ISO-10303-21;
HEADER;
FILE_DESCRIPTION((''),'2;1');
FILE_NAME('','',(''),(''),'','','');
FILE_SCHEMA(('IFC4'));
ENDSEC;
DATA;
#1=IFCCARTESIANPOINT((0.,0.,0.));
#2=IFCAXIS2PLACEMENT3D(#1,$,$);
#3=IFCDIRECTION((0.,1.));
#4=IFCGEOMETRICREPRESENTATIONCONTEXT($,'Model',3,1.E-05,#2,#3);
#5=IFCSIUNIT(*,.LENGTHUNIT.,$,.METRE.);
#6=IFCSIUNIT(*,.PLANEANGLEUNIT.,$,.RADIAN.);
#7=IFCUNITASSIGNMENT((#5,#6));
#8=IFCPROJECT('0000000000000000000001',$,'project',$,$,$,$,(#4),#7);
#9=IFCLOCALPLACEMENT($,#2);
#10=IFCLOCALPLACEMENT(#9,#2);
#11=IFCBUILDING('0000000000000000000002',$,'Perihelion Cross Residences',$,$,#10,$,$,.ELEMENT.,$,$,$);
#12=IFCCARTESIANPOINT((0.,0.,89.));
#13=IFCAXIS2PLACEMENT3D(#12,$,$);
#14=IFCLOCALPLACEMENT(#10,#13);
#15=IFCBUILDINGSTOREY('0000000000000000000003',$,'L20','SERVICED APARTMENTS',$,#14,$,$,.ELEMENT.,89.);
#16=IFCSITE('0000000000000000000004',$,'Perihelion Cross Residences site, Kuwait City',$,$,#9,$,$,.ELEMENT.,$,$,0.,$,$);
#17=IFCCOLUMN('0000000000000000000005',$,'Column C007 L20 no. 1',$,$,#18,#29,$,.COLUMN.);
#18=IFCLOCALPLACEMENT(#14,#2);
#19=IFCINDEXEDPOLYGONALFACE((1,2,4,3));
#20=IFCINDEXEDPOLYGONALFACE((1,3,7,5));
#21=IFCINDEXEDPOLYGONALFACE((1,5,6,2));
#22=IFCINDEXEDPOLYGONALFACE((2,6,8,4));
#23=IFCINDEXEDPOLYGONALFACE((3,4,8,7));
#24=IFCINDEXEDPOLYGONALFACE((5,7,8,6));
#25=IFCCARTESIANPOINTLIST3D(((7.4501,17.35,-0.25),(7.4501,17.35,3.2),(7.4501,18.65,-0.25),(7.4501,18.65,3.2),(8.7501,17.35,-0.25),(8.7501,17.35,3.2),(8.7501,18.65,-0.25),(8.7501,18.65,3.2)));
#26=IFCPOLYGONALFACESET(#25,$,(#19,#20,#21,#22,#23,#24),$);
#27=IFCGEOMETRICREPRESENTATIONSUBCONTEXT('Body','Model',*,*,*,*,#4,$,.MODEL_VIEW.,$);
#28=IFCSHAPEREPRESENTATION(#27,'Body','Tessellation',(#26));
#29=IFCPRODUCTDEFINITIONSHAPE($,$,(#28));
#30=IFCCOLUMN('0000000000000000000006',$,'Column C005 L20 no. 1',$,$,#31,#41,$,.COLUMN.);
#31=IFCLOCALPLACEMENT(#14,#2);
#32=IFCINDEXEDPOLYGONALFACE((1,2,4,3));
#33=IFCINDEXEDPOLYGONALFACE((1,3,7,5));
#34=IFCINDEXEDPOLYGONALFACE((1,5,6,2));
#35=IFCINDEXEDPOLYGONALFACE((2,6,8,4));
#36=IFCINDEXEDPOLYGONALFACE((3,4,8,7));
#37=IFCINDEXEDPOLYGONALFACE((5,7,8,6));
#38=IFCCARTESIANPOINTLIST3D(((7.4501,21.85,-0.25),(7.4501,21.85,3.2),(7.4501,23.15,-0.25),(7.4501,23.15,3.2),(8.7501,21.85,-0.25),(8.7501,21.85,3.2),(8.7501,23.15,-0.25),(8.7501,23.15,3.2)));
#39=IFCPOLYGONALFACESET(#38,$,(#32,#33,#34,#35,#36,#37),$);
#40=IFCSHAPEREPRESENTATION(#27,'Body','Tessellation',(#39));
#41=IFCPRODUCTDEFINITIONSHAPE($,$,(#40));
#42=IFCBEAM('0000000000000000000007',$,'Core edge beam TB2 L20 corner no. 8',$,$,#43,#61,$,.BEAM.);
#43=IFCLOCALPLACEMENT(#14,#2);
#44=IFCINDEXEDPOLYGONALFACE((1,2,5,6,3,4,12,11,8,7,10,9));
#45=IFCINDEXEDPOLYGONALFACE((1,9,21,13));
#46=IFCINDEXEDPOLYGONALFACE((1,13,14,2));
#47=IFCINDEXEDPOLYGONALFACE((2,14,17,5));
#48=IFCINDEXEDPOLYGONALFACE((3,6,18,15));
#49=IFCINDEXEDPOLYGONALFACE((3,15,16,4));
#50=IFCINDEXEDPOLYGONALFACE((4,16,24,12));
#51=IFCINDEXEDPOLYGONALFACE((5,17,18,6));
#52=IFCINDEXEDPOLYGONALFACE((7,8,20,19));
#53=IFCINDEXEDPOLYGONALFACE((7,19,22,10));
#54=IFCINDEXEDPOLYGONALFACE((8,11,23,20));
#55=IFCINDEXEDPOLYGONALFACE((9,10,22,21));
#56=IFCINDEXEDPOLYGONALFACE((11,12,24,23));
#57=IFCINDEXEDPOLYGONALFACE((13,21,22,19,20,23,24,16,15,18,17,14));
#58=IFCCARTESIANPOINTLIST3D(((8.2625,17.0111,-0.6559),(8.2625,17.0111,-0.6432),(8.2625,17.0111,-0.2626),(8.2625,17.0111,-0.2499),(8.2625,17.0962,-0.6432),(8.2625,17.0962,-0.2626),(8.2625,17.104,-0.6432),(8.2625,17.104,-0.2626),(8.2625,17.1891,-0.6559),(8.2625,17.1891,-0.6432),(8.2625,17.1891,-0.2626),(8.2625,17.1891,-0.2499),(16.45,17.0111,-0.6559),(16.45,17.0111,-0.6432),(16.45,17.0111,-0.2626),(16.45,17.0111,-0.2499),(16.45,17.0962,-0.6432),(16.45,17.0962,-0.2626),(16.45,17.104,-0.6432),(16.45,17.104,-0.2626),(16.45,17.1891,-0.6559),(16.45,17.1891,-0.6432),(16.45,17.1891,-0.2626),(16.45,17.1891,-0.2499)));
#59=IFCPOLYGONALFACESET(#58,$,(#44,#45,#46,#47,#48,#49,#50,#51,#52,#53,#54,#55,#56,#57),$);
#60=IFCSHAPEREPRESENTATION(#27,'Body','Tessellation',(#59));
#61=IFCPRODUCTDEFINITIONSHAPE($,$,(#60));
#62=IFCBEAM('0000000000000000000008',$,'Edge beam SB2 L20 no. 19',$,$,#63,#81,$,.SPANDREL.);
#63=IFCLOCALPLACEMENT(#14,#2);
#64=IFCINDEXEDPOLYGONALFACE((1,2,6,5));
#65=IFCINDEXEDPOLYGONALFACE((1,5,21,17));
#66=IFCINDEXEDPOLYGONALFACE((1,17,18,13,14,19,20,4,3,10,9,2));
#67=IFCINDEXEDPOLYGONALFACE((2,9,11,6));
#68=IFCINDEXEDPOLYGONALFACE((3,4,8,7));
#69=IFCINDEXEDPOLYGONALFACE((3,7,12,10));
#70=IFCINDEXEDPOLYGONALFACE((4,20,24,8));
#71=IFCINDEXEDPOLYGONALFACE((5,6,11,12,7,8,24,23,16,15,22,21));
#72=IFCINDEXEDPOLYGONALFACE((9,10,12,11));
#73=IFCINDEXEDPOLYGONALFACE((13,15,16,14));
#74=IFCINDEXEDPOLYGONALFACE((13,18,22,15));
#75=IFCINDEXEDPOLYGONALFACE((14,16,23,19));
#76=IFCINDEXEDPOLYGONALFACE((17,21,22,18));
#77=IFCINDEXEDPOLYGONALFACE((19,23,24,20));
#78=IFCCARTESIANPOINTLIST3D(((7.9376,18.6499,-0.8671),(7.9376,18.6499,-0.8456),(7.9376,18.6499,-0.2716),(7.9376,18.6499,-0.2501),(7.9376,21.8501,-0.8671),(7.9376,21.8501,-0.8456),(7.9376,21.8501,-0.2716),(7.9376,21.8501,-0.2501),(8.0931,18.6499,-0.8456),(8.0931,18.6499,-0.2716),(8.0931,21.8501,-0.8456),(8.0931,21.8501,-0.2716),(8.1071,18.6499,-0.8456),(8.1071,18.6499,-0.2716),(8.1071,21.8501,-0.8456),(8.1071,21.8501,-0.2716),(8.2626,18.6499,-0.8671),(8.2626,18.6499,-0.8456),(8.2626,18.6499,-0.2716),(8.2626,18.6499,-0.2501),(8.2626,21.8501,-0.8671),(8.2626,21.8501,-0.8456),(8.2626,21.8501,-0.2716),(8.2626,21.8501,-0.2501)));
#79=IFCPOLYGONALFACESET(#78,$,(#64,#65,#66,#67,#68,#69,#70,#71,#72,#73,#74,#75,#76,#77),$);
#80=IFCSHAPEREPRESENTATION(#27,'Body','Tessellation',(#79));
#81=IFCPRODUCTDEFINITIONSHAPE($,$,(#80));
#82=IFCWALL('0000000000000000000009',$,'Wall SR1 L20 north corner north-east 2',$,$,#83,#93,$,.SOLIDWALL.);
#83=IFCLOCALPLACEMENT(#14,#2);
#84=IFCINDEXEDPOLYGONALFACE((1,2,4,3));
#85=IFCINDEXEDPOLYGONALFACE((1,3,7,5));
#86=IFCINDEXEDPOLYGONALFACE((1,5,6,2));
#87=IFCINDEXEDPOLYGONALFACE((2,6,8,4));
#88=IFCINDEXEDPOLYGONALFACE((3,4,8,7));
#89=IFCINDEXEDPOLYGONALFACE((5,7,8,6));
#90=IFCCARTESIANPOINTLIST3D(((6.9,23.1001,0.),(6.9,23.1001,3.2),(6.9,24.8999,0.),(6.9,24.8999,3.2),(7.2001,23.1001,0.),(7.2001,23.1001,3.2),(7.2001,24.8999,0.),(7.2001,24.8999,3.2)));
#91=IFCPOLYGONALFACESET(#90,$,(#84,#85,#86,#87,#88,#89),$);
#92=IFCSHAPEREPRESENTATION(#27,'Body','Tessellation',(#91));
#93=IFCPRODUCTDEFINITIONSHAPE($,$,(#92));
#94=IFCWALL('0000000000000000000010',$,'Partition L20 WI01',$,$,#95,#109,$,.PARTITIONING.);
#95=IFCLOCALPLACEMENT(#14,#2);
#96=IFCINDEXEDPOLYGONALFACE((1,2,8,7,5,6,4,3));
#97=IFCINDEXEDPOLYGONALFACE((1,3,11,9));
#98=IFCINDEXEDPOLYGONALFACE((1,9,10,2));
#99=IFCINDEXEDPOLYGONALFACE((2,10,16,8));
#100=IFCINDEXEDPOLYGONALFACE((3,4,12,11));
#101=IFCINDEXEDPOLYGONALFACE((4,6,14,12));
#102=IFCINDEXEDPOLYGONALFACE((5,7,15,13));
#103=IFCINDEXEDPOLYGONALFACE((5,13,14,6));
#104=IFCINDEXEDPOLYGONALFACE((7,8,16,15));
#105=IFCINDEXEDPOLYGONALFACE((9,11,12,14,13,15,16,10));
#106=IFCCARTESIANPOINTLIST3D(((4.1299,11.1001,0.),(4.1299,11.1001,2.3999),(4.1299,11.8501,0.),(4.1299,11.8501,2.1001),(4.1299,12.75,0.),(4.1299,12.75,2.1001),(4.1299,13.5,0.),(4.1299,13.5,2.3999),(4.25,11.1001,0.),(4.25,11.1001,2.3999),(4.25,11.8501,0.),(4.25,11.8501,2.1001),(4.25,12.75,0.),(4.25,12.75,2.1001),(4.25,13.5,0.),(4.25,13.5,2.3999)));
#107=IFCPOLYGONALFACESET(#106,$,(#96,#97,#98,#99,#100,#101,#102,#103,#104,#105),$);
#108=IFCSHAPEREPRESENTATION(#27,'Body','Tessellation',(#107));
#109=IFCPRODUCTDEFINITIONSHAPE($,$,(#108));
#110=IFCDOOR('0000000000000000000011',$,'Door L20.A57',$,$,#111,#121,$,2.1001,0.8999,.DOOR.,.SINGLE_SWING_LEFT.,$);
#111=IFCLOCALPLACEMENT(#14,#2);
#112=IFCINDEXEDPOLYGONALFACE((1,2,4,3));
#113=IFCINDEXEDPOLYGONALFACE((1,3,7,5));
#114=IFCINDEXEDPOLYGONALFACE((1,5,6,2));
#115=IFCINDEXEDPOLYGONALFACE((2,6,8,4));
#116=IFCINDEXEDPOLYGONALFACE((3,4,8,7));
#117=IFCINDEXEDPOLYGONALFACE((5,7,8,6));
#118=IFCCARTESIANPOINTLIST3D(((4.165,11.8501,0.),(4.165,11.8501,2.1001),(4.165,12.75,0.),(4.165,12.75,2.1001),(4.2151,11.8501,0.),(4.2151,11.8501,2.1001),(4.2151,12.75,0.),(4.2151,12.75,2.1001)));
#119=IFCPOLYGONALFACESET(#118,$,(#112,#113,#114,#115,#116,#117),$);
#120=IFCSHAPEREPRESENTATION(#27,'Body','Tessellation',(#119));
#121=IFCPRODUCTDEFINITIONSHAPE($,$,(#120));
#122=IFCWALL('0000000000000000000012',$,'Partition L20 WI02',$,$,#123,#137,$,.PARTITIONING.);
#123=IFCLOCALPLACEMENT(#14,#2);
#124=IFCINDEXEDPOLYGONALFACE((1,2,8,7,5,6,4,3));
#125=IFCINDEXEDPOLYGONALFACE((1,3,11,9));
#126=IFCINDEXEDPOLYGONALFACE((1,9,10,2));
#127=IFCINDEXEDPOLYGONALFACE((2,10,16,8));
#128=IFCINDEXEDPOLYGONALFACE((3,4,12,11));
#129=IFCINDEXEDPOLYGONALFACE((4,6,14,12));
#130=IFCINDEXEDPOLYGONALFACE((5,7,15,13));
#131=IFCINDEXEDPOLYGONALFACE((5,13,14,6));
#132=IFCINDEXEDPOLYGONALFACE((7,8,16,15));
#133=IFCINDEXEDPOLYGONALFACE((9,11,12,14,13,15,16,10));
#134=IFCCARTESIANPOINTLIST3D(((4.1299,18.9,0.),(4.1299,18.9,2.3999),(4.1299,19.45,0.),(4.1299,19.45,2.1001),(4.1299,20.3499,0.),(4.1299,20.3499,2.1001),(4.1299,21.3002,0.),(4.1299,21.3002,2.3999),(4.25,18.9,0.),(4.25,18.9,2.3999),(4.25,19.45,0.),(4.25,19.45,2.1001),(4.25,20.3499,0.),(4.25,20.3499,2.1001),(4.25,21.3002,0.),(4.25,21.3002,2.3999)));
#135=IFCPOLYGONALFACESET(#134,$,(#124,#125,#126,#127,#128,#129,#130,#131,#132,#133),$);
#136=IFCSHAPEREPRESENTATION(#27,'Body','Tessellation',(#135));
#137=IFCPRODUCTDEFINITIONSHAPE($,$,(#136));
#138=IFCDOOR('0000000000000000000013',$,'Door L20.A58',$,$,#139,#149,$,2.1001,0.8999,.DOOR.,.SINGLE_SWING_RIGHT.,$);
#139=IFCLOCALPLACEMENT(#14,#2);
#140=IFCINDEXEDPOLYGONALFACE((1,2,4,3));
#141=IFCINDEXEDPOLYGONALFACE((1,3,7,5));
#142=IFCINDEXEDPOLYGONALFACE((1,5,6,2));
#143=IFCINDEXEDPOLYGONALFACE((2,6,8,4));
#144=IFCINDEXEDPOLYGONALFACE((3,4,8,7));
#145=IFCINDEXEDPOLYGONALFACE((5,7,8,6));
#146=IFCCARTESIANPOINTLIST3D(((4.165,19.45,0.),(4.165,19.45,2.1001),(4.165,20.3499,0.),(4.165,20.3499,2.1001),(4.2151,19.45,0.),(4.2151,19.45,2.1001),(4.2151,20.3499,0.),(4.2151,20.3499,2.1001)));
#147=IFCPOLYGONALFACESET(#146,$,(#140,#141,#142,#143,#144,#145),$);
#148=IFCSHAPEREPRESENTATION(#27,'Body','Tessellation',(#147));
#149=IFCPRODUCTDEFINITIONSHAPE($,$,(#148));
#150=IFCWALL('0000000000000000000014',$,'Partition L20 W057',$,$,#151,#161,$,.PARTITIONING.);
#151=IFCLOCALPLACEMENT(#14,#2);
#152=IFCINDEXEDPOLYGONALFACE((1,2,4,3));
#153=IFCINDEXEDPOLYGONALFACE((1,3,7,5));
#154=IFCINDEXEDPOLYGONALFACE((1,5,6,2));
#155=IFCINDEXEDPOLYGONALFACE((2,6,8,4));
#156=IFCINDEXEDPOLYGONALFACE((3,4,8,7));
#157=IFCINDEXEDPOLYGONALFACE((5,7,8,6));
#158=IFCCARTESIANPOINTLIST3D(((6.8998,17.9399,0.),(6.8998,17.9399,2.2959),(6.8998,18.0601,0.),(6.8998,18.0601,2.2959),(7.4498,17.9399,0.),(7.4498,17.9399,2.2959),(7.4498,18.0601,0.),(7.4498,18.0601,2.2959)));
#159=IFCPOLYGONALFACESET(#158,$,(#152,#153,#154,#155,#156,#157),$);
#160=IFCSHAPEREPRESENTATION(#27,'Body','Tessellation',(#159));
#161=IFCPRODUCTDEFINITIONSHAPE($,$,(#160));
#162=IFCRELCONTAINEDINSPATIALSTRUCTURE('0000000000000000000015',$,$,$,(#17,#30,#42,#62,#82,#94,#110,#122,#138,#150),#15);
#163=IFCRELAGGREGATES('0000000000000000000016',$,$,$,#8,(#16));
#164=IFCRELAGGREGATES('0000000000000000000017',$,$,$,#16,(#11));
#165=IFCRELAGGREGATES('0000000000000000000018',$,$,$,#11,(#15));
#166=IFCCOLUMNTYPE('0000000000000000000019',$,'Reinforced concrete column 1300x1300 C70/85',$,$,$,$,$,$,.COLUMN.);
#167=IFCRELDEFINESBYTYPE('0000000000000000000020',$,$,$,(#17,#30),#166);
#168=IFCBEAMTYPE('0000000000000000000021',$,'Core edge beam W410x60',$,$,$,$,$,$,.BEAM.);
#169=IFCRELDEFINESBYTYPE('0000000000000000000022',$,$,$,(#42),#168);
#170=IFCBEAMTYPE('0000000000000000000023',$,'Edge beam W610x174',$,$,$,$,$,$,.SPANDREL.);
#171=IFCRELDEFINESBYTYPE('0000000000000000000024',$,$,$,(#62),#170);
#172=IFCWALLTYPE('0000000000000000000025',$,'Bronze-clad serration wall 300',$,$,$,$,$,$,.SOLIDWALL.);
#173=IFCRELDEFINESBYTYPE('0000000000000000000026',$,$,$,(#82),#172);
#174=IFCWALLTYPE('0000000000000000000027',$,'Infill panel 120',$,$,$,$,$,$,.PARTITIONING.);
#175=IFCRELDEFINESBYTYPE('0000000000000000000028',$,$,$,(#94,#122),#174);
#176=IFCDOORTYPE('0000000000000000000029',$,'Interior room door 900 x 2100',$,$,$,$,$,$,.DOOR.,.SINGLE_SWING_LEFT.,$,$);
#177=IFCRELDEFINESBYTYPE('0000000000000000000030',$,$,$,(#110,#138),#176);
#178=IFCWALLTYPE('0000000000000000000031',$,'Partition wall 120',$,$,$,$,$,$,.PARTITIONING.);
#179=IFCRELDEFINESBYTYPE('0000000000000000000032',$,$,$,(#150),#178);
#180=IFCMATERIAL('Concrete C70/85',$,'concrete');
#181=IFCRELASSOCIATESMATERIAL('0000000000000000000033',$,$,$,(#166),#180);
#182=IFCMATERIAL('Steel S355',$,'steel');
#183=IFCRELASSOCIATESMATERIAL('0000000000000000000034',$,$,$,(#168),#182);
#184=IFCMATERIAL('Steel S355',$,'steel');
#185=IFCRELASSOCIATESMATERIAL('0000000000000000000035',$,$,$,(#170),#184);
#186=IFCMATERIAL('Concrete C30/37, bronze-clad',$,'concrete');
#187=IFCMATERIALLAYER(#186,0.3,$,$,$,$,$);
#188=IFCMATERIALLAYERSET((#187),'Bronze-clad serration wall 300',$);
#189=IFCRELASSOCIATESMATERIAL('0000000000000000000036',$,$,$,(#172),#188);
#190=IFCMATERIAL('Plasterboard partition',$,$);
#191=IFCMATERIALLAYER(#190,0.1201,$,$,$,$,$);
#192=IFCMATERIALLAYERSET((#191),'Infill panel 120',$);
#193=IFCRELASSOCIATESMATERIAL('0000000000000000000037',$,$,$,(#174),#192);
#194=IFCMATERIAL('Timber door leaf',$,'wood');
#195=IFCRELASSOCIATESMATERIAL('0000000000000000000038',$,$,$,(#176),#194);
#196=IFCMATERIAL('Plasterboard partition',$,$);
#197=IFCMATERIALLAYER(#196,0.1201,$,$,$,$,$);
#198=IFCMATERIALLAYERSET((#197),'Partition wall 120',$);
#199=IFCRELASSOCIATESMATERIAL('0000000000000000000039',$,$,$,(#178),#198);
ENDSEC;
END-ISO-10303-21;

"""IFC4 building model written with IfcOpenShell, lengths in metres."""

from ifc_helpers import new_model, si_unit, direction, frame, frame_2d, origin, origin_2d, place, context, subcontext, project, spatial, rectangle, i_section, extrude, material, layer, layer_set, material_profile, profile_set, type_object, element, fill, save


model = new_model("IFC4")

# Units and contexts
model_context = context("Model", 3, precision=1e-05, world=origin(), true_north=direction((0.0, 1.0)))
body_context = subcontext(model_context, "Body", "Model", "MODEL_VIEW")
ifc_project = project(units=[si_unit("LENGTHUNIT", "METRE"), si_unit("PLANEANGLEUNIT", "RADIAN")], contexts=[model_context])

# Site, building, storey
site_placement = place(None, origin())
site = spatial("IfcSite", under=ifc_project, at=site_placement, Name="Perihelion Cross Residences site, Kuwait City", CompositionType="ELEMENT", RefElevation=0.0)
building_placement = place(site_placement, origin())
building = spatial("IfcBuilding", under=site, at=building_placement, Name="Perihelion Cross Residences", CompositionType="ELEMENT")
storey_placement = place(building_placement, frame((0.0, 0.0, 89.0)))
storey = spatial("IfcBuildingStorey", under=building, at=storey_placement, Name="L20", Description="SERVICED APARTMENTS", CompositionType="ELEMENT", Elevation=89.0)

# Columns
ifc_material_1 = material(Name="Concrete C70/85", Category="concrete")
ifc_material_profile_1 = material_profile(ifc_material_1, rectangle(XDim=1.3, YDim=1.3, at=origin_2d()), Name="RC 1300x1300")
ifc_profile_set_1 = profile_set([ifc_material_profile_1], Name="Concrete C70/85")
column_type = type_object("IfcColumnType", Name="Reinforced concrete column 1300x1300 C70/85", PredefinedType="COLUMN", material=ifc_profile_set_1)
for number, where, z_axis, x_axis, name in (
    (1, (8.1001, 18.0, -0.25), (0.0, 0.0, 1.0), (1.0, 0.0, 0.0), "Column C007 L20 no. 1"),
    (2, (8.1001, 22.5, -0.25), (0.0, 0.0, 1.0), (1.0, 0.0, 0.0), "Column C005 L20 no. 1"),
):
    element("IfcColumn", number, at=place(storey_placement, frame(where, z_axis=z_axis, x_axis=x_axis)), inside=storey, type_object=column_type, Name=name, PredefinedType="COLUMN", context=body_context, shape_type="SweptSolid", body=[
        extrude(rectangle(XDim=1.3, YDim=1.3, at=origin_2d()), origin(), (0.0, 0.0, 1.0), 3.45),
    ])

# Beams
ifc_material_2 = material(Name="Steel S355", Category="steel")
ifc_material_profile_2 = material_profile(ifc_material_2, i_section(OverallWidth=0.178, OverallDepth=0.406, WebThickness=0.0078, FlangeThickness=0.0127, at=origin_2d()), Name="W410x60")
ifc_profile_set_2 = profile_set([ifc_material_profile_2], Name="Steel S355")
beam_type_1 = type_object("IfcBeamType", Name="Core edge beam W410x60", PredefinedType="BEAM", material=ifc_profile_set_2)
beam_1_placement = place(storey_placement, frame((8.2625, 17.1001, -0.4529), z_axis=(1.0, 0.0, 0.0), x_axis=(0.0, 1.0, 0.0)))
element("IfcBeam", 3, at=beam_1_placement, inside=storey, type_object=beam_type_1, Name="Core edge beam TB2 L20 corner no. 8", PredefinedType="BEAM", context=body_context, shape_type="SweptSolid", body=[
    extrude(i_section(OverallWidth=0.178, OverallDepth=0.406, WebThickness=0.0078, FlangeThickness=0.0127, at=origin_2d()), origin(), (0.0, 0.0, 1.0), 8.1875),
])
ifc_material_3 = material(Name="Steel S355", Category="steel")
ifc_material_profile_3 = material_profile(ifc_material_3, i_section(OverallWidth=0.325, OverallDepth=0.6169, WebThickness=0.0139, FlangeThickness=0.0215, at=origin_2d()), Name="W610x174")
ifc_profile_set_3 = profile_set([ifc_material_profile_3], Name="Steel S355")
beam_type_2 = type_object("IfcBeamType", Name="Edge beam W610x174", PredefinedType="SPANDREL", material=ifc_profile_set_3)
beam_2_placement = place(storey_placement, frame((8.1001, 18.6499, -0.5586), z_axis=(0.0, 1.0, 0.0), x_axis=(-1.0, 0.0, 0.0)))
element("IfcBeam", 4, at=beam_2_placement, inside=storey, type_object=beam_type_2, Name="Edge beam SB2 L20 no. 19", PredefinedType="SPANDREL", context=body_context, shape_type="SweptSolid", body=[
    extrude(i_section(OverallWidth=0.325, OverallDepth=0.6169, WebThickness=0.0139, FlangeThickness=0.0215, at=origin_2d()), origin(), (0.0, 0.0, 1.0), 3.2002),
])

# Wall
ifc_material_4 = material(Name="Concrete C30/37, bronze-clad", Category="concrete")
ifc_layer_1 = layer(ifc_material_4, 0.3)
ifc_layer_set_1 = layer_set([ifc_layer_1], Name="Bronze-clad serration wall 300")
wall_type_1 = type_object("IfcWallType", Name="Bronze-clad serration wall 300", PredefinedType="SOLIDWALL", material=ifc_layer_set_1)
wall_1_placement = place(storey_placement, frame((7.05, 23.1001, 0.0), z_axis=(0.0, 0.0, 1.0), x_axis=(0.0, 1.0, 0.0)))
element("IfcWall", 5, at=wall_1_placement, inside=storey, type_object=wall_type_1, Name="Wall SR1 L20 north corner north-east 2", PredefinedType="SOLIDWALL", context=body_context, shape_type="SweptSolid", body=[
    extrude(rectangle(XDim=1.7998, YDim=0.3, at=frame_2d((0.8999, 0.0))), origin(), (0.0, 0.0, 1.0), 3.2),
])

# Walls, openings, doors
ifc_material_5 = material(Name="Plasterboard partition")
ifc_layer_2 = layer(ifc_material_5, 0.1201)
ifc_layer_set_2 = layer_set([ifc_layer_2], Name="Infill panel 120")
wall_type_2 = type_object("IfcWallType", Name="Infill panel 120", PredefinedType="PARTITIONING", material=ifc_layer_set_2)
wall_2_placement = place(storey_placement, frame((4.1899, 11.1001, 0.0), z_axis=(0.0, 0.0, 1.0), x_axis=(0.0, 1.0, 0.0)))
wall_2 = element("IfcWall", 6, at=wall_2_placement, inside=storey, type_object=wall_type_2, Name="Partition L20 WI01", PredefinedType="PARTITIONING", context=body_context, shape_type="SweptSolid", body=[
    extrude(rectangle(XDim=2.3999, YDim=0.1201, at=frame_2d((1.2, 0.0))), origin(), (0.0, 0.0, 1.0), 2.3999),
])
opening_1_placement = place(wall_2_placement, frame((0.75, 0.0, 0.0)))
opening_1 = element("IfcOpeningElement", 7, at=opening_1_placement, cuts=wall_2, PredefinedType="OPENING", context=body_context, shape_type="SweptSolid", body=[
    extrude(rectangle(XDim=0.8999, YDim=2.1001, at=frame_2d((0.45, 1.05))), frame((0.0, 0.0701, 0.0), z_axis=(0.0, -1.0, 0.0), x_axis=(1.0, 0.0, 0.0)), (0.0, 0.0, 1.0), 0.1401),
])
ifc_material_6 = material(Name="Timber door leaf", Category="wood")
door_type_1 = type_object("IfcDoorType", Name="Interior room door 900 x 2100", OperationType="SINGLE_SWING_LEFT", PredefinedType="DOOR", material=ifc_material_6)
door_1_placement = place(opening_1_placement, origin())
door_1 = element("IfcDoor", 8, at=door_1_placement, inside=storey, type_object=door_type_1, Name="Door L20.A57", OperationType="SINGLE_SWING_LEFT", OverallHeight=2.1001, OverallWidth=0.8999, PredefinedType="DOOR", context=body_context, shape_type="SweptSolid", body=[
    extrude(rectangle(XDim=0.8999, YDim=2.1001, at=frame_2d((0.45, 1.05))), frame((0.0, 0.0249, 0.0), z_axis=(0.0, -1.0, 0.0), x_axis=(1.0, 0.0, 0.0)), (0.0, 0.0, 1.0), 0.05),
])
fill(opening_1, door_1)
wall_3_placement = place(storey_placement, frame((4.1899, 18.8999, 0.0), z_axis=(0.0, 0.0, 1.0), x_axis=(0.0, 1.0, 0.0)))
wall_3 = element("IfcWall", 9, at=wall_3_placement, inside=storey, type_object=wall_type_2, Name="Partition L20 WI02", PredefinedType="PARTITIONING", context=body_context, shape_type="SweptSolid", body=[
    extrude(rectangle(XDim=2.4001, YDim=0.1201, at=frame_2d((1.2002, 0.0))), origin(), (0.0, 0.0, 1.0), 2.3999),
])
opening_2_placement = place(wall_3_placement, frame((0.55, 0.0, 0.0)))
opening_2 = element("IfcOpeningElement", 10, at=opening_2_placement, cuts=wall_3, PredefinedType="OPENING", context=body_context, shape_type="SweptSolid", body=[
    extrude(rectangle(XDim=0.8999, YDim=2.1001, at=frame_2d((0.45, 1.05))), frame((0.0, 0.0701, 0.0), z_axis=(0.0, -1.0, 0.0), x_axis=(1.0, 0.0, 0.0)), (0.0, 0.0, 1.0), 0.1401),
])
door_2_placement = place(opening_2_placement, origin())
door_2 = element("IfcDoor", 11, at=door_2_placement, inside=storey, type_object=door_type_1, Name="Door L20.A58", OperationType="SINGLE_SWING_RIGHT", OverallHeight=2.1001, OverallWidth=0.8999, PredefinedType="DOOR", context=body_context, shape_type="SweptSolid", body=[
    extrude(rectangle(XDim=0.8999, YDim=2.1001, at=frame_2d((0.45, 1.05))), frame((0.0, 0.0249, 0.0), z_axis=(0.0, -1.0, 0.0), x_axis=(1.0, 0.0, 0.0)), (0.0, 0.0, 1.0), 0.05),
])
fill(opening_2, door_2)

# Wall
ifc_material_7 = material(Name="Plasterboard partition")
ifc_layer_3 = layer(ifc_material_7, 0.1201)
ifc_layer_set_3 = layer_set([ifc_layer_3], Name="Partition wall 120")
wall_type_3 = type_object("IfcWallType", Name="Partition wall 120", PredefinedType="PARTITIONING", material=ifc_layer_set_3)
wall_4_placement = place(storey_placement, frame((6.8999, 18.0, 0.0), z_axis=(0.0, 0.0, 1.0), x_axis=(1.0, 0.0, 0.0)))
element("IfcWall", 12, at=wall_4_placement, inside=storey, type_object=wall_type_3, Name="Partition L20 W057", PredefinedType="PARTITIONING", context=body_context, shape_type="SweptSolid", body=[
    extrude(rectangle(XDim=0.55, YDim=0.1201, at=frame_2d((0.2749, 0.0))), origin(), (0.0, 0.0, 1.0), 2.2959),
])

save(model, "model.ifc")
